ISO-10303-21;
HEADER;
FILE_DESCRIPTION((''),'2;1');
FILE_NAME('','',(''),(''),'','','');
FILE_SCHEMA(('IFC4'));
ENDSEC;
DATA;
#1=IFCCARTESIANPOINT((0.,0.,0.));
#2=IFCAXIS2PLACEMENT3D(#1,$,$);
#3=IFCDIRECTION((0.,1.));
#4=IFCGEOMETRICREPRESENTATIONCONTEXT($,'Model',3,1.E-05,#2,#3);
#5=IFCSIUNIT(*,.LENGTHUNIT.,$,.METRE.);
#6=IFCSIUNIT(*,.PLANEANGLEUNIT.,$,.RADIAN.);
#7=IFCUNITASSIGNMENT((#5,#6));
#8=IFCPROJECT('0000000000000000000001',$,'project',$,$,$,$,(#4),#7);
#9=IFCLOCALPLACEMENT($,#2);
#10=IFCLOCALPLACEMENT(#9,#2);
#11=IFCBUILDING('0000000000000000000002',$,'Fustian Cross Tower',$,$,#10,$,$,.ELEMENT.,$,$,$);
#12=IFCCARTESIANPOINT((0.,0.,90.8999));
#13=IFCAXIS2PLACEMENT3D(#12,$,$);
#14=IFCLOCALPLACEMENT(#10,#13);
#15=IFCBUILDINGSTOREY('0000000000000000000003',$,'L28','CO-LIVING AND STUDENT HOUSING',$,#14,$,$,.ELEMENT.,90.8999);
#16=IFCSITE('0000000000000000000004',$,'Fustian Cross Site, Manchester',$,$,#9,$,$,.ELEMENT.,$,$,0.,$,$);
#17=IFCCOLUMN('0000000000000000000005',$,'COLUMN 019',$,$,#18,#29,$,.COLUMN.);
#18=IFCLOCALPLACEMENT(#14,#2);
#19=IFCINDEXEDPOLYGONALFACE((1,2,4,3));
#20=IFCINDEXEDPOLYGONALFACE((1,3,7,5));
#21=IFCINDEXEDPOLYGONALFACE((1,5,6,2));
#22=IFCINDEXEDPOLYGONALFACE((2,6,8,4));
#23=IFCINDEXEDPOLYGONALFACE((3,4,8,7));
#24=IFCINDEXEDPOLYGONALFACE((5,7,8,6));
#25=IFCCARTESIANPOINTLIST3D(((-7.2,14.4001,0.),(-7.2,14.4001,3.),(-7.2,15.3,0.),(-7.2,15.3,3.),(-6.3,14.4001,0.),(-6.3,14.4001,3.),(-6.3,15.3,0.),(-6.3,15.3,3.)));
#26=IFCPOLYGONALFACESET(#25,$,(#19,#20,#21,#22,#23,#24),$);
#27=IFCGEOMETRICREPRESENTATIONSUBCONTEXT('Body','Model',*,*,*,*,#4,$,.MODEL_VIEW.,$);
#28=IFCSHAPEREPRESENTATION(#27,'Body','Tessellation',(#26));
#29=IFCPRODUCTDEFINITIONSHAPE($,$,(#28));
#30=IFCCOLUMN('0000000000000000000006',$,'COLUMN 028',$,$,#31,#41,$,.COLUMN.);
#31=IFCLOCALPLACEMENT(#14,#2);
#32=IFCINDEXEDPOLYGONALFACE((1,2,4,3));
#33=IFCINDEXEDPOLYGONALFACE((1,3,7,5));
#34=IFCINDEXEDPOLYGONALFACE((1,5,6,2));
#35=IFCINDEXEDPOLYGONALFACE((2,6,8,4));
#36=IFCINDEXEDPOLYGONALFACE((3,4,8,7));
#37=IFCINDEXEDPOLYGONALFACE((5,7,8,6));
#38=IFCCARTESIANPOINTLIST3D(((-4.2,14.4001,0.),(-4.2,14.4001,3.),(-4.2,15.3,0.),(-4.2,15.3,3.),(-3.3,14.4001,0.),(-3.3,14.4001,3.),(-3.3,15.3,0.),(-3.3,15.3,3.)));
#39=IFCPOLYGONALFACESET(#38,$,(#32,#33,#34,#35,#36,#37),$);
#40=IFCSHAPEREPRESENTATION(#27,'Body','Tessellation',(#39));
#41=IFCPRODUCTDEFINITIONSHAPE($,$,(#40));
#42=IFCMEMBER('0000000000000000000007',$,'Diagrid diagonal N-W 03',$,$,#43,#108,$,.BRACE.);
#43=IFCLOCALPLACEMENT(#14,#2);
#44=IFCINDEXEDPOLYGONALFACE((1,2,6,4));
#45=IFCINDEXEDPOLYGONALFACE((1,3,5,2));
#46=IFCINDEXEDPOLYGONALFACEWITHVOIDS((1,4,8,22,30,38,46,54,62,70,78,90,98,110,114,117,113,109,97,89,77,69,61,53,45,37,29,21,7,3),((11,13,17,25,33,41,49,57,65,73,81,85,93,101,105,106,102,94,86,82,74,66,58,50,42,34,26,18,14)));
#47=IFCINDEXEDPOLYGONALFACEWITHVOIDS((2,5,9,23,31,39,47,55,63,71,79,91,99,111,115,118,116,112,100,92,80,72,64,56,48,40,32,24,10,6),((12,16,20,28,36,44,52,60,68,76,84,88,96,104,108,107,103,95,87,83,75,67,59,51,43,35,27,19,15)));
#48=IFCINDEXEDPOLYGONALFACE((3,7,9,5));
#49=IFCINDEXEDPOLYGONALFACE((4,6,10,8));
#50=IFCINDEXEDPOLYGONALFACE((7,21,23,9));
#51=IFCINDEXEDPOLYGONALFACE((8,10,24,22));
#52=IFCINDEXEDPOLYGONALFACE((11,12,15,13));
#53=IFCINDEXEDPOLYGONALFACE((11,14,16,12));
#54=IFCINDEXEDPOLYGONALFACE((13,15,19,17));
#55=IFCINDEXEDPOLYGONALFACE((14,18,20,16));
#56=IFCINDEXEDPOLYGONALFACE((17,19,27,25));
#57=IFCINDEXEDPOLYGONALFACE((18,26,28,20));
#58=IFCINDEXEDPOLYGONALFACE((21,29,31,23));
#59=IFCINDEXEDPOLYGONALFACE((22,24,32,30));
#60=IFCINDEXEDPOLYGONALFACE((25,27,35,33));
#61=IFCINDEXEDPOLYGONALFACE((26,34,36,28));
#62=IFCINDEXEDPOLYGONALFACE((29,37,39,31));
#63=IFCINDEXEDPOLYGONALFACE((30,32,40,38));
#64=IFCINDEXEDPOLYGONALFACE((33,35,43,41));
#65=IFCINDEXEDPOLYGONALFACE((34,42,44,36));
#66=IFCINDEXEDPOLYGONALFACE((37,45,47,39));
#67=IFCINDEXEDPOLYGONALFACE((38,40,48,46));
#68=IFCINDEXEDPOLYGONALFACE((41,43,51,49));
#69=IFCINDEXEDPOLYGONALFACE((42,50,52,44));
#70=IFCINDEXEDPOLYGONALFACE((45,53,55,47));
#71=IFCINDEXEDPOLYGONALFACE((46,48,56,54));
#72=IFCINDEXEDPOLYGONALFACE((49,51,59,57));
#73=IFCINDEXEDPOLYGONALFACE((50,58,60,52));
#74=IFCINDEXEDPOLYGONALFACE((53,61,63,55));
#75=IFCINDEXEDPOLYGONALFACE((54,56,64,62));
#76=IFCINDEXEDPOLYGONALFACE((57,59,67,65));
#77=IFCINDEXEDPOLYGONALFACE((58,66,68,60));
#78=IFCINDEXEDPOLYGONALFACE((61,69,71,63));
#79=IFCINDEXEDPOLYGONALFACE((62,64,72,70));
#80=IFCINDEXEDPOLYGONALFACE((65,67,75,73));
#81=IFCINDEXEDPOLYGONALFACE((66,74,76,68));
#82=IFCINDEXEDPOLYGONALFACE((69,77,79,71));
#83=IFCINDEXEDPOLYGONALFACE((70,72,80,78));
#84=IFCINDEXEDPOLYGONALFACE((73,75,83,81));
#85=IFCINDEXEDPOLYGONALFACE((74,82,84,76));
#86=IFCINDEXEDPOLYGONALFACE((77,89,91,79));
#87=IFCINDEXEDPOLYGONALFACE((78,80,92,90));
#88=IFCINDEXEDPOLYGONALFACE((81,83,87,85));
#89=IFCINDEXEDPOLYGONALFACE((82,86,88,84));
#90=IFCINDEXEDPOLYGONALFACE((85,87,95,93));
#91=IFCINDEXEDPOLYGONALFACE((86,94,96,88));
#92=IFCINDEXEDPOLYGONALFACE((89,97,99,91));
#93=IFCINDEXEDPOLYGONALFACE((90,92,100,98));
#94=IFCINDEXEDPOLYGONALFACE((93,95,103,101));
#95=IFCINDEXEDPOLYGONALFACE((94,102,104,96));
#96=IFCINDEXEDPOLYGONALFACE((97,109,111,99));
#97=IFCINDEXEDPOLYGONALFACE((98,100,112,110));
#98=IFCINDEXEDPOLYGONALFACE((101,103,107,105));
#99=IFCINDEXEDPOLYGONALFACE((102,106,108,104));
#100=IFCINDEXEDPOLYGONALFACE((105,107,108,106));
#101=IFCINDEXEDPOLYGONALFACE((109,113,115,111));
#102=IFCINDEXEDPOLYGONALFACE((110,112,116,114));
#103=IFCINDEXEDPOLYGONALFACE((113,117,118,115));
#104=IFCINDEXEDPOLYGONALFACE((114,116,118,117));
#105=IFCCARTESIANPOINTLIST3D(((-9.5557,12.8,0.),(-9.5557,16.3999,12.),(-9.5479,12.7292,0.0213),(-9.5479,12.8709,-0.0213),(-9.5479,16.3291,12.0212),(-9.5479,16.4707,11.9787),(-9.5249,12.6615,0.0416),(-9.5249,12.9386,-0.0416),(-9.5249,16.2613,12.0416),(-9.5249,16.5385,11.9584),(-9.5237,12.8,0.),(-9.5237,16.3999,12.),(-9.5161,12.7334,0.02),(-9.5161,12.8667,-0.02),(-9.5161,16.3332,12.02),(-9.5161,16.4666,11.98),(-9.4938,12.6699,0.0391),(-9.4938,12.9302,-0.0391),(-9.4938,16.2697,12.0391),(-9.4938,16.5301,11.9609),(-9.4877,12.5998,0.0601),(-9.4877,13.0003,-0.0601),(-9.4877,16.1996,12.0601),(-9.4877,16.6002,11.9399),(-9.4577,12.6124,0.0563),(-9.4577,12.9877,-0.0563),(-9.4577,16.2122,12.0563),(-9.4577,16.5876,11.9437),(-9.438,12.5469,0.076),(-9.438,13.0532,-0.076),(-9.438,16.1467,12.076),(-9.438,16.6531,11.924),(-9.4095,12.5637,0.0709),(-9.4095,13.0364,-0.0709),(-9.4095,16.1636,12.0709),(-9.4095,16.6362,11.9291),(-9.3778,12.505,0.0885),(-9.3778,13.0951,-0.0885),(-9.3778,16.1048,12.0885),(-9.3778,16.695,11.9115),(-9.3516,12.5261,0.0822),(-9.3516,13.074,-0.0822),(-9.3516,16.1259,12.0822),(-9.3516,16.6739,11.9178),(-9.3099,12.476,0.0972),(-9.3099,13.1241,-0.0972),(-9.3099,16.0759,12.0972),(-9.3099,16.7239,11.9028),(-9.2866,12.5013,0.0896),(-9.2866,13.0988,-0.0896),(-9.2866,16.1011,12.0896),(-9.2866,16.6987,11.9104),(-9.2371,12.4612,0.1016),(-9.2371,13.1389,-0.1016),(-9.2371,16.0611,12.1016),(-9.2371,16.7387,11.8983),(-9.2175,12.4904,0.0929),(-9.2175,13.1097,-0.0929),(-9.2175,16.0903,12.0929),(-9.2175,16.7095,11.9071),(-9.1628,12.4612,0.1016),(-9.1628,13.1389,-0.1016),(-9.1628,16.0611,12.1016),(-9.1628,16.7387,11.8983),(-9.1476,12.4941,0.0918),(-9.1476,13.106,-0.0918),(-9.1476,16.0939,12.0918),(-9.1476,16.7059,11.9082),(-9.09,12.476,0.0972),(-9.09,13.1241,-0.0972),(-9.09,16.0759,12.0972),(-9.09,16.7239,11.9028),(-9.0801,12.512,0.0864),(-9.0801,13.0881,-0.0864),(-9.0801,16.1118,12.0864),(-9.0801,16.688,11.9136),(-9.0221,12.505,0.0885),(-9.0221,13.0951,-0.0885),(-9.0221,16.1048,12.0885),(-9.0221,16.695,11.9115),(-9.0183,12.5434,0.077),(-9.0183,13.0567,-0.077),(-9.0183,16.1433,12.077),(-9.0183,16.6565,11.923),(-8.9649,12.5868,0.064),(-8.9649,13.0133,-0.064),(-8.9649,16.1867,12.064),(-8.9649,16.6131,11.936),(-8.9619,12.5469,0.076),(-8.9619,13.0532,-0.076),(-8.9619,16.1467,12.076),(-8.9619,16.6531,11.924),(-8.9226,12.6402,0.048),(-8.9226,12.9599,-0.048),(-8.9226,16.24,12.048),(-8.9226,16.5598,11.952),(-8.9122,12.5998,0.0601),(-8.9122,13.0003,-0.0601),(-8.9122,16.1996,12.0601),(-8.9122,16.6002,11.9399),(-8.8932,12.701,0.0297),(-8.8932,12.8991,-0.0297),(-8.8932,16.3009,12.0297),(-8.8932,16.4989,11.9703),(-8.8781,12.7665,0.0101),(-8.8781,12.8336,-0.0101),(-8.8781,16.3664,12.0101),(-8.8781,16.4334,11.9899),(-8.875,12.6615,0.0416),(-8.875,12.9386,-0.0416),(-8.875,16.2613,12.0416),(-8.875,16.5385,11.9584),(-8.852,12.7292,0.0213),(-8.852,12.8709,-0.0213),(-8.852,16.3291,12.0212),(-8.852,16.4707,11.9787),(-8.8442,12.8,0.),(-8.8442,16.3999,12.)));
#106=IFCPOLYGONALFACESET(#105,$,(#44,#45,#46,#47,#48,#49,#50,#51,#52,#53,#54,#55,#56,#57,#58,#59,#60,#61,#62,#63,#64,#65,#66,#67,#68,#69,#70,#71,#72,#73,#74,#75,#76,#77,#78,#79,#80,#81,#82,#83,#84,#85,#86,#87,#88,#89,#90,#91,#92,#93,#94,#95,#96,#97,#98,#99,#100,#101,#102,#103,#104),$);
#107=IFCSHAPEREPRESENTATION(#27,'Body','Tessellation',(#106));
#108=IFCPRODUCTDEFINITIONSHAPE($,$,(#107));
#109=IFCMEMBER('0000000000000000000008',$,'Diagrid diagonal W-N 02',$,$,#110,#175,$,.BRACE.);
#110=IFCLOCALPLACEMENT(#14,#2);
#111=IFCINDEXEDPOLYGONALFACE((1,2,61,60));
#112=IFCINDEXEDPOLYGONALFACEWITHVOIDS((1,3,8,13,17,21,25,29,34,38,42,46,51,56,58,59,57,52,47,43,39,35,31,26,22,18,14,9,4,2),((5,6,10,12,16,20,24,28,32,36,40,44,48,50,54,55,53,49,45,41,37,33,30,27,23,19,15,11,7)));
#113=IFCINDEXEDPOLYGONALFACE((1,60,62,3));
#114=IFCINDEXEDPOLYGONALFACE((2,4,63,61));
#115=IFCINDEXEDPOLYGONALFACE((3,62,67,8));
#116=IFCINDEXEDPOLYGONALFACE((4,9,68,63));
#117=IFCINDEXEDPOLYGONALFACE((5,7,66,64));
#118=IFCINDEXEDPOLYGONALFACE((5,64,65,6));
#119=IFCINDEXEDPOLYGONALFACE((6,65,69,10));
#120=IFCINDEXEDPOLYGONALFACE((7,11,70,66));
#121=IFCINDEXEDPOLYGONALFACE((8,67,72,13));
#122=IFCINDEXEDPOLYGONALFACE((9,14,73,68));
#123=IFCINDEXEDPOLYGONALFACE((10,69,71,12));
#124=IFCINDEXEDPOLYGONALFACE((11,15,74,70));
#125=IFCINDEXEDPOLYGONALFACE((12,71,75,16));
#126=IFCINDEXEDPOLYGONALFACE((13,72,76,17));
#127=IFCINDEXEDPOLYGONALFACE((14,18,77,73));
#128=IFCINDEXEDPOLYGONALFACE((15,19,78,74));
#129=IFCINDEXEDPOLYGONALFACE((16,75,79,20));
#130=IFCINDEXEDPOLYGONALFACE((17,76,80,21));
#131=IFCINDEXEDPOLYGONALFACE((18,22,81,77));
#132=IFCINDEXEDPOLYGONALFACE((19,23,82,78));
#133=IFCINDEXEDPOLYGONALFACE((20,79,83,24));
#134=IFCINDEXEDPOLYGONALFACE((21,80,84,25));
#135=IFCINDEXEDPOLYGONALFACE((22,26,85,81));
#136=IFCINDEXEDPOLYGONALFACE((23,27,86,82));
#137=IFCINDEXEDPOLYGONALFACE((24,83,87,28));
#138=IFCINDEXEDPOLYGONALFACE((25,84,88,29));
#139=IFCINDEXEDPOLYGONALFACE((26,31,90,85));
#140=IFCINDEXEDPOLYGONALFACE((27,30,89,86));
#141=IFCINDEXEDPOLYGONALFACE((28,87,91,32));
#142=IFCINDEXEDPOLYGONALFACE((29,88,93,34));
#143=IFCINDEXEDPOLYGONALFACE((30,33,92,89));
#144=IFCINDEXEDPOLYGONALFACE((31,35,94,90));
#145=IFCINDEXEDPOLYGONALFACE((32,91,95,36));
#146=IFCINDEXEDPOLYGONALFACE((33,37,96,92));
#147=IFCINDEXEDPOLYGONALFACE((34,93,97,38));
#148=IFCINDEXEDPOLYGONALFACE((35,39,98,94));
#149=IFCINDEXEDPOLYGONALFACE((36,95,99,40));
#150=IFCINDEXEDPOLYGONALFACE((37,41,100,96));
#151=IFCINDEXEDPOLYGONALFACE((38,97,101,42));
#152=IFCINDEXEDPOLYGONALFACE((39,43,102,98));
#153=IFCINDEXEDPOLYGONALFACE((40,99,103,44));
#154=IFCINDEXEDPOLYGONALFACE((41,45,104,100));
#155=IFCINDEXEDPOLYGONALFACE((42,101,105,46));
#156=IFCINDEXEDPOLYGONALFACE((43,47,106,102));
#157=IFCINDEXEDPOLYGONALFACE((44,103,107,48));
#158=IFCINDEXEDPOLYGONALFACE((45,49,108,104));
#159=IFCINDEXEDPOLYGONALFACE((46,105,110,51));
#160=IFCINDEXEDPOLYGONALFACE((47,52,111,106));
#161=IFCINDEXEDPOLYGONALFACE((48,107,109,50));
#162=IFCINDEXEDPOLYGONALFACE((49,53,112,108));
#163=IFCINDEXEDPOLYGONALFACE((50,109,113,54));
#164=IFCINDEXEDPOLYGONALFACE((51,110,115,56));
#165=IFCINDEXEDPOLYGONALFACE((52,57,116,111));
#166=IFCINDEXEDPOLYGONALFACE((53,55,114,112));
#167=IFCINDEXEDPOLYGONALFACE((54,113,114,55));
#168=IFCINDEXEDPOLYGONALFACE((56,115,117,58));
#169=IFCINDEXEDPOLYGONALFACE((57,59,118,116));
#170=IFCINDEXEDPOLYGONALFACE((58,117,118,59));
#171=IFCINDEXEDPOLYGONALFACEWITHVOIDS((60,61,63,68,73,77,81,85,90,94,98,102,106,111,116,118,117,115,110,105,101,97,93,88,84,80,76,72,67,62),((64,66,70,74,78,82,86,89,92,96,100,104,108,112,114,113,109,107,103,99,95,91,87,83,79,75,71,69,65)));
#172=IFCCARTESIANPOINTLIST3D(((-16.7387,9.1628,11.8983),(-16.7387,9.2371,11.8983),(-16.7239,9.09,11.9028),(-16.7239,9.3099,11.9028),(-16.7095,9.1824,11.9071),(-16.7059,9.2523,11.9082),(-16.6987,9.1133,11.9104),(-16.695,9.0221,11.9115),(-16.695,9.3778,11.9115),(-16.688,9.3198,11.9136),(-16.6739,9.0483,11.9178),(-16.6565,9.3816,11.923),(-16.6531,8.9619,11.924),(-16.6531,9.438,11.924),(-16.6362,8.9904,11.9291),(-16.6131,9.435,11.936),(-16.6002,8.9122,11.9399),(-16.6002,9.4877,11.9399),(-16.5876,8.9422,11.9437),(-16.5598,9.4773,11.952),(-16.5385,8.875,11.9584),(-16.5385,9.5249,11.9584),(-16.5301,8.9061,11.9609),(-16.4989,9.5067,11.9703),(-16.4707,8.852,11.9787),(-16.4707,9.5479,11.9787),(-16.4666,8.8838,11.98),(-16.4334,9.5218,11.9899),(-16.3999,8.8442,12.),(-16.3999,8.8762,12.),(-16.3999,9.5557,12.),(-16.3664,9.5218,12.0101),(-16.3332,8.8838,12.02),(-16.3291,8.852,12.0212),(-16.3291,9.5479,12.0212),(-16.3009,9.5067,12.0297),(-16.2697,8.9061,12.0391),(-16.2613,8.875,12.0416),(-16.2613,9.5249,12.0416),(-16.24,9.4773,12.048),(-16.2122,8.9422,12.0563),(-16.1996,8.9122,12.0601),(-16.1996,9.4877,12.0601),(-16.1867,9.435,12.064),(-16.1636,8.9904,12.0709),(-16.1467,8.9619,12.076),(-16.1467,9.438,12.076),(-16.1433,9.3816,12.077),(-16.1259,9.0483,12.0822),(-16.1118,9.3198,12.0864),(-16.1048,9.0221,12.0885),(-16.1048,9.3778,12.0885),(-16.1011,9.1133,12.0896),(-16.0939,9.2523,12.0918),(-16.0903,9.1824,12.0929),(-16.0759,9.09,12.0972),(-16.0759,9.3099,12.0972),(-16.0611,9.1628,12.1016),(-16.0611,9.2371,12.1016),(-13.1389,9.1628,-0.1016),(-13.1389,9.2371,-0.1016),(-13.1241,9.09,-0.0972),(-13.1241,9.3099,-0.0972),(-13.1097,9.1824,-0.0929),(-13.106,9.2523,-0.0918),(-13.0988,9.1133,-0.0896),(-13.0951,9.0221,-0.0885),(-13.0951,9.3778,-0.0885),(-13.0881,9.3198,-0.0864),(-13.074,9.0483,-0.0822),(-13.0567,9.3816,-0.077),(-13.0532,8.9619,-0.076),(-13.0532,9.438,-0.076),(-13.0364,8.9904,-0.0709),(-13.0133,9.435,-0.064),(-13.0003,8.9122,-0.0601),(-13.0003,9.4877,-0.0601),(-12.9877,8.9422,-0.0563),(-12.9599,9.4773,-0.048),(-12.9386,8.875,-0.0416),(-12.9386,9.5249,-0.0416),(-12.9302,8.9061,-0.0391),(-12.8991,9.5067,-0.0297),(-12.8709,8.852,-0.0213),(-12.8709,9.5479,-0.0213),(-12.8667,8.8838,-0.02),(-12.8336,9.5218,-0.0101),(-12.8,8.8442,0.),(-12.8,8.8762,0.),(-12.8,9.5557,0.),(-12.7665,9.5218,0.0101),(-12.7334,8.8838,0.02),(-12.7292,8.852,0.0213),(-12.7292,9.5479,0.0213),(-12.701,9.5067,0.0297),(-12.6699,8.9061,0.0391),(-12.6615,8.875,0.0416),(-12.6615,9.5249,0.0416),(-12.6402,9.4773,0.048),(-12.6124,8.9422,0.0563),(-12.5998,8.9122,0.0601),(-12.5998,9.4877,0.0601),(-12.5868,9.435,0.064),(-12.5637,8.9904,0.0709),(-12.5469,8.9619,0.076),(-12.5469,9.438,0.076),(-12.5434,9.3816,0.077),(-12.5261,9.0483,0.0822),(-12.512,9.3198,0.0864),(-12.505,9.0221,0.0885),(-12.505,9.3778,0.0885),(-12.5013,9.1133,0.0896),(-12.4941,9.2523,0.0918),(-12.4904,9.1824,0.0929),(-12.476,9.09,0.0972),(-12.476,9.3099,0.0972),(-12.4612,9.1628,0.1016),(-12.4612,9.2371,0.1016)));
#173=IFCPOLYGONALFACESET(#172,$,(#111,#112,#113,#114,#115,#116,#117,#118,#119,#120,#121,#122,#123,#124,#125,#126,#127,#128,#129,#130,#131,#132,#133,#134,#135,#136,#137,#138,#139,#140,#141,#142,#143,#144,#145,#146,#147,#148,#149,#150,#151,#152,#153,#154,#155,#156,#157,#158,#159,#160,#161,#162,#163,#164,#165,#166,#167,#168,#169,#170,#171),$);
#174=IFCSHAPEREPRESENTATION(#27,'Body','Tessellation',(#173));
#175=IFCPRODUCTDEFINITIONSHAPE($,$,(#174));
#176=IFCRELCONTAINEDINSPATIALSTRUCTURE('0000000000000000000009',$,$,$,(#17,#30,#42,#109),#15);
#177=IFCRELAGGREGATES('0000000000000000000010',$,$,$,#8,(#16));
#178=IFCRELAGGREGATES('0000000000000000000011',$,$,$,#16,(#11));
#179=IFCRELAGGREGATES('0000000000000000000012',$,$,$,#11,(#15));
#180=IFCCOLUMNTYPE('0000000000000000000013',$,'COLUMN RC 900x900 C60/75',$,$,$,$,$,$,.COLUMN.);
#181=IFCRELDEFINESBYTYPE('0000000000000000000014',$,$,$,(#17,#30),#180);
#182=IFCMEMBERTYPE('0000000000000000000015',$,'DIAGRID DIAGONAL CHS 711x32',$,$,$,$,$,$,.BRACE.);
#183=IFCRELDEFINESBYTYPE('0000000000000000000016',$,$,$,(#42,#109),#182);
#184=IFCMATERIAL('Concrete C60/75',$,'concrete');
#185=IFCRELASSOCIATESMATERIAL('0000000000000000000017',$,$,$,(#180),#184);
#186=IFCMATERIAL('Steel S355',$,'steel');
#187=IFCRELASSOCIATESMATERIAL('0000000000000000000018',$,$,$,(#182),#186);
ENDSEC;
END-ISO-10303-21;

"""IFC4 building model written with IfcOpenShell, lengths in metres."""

from ifc_helpers import new_model, si_unit, direction, frame, origin, origin_2d, place, context, subcontext, project, spatial, rectangle, hollow_circle, extrude, material, material_profile, profile_set, type_object, element, save


model = new_model("IFC4")

# Units and contexts
model_context = context("Model", 3, precision=1e-05, world=origin(), true_north=direction((0.0, 1.0)))
body_context = subcontext(model_context, "Body", "Model", "MODEL_VIEW")
ifc_project = project(units=[si_unit("LENGTHUNIT", "METRE"), si_unit("PLANEANGLEUNIT", "RADIAN")], contexts=[model_context])

# Site, building, storey
site_placement = place(None, origin())
site = spatial("IfcSite", under=ifc_project, at=site_placement, Name="Fustian Cross Site, Manchester", CompositionType="ELEMENT", RefElevation=0.0)
building_placement = place(site_placement, origin())
building = spatial("IfcBuilding", under=site, at=building_placement, Name="Fustian Cross Tower", CompositionType="ELEMENT")
storey_placement = place(building_placement, frame((0.0, 0.0, 90.8999)))
storey = spatial("IfcBuildingStorey", under=building, at=storey_placement, Name="L28", Description="CO-LIVING AND STUDENT HOUSING", CompositionType="ELEMENT", Elevation=90.8999)

# Columns
ifc_material_1 = material(Name="Concrete C60/75", Category="concrete")
ifc_material_profile_1 = material_profile(ifc_material_1, rectangle(XDim=0.8999, YDim=0.8999, at=origin_2d()), Name="RC 900x900")
ifc_profile_set_1 = profile_set([ifc_material_profile_1], Name="Concrete C60/75")
column_type = type_object("IfcColumnType", Name="COLUMN RC 900x900 C60/75", PredefinedType="COLUMN", material=ifc_profile_set_1)
for number, where, z_axis, x_axis, name in (
    (1, (-6.75, 14.8501, 0.0), (0.0, 0.0, 1.0), (1.0, 0.0, 0.0), "COLUMN 019"),
    (2, (-3.75, 14.8501, 0.0), (0.0, 0.0, 1.0), (1.0, 0.0, 0.0), "COLUMN 028"),
):
    element("IfcColumn", number, at=place(storey_placement, frame(where, z_axis=z_axis, x_axis=x_axis)), inside=storey, type_object=column_type, Name=name, PredefinedType="COLUMN", context=body_context, shape_type="SweptSolid", body=[
        extrude(rectangle(XDim=0.8999, YDim=0.8999, at=origin_2d()), origin(), (0.0, 0.0, 1.0), 3.0),
    ])

# Members
ifc_material_2 = material(Name="Steel S355", Category="steel")
ifc_material_profile_2 = material_profile(ifc_material_2, hollow_circle(Radius=0.3557, WallThickness=0.032, at=origin_2d()), Name="CHS 711x32")
ifc_profile_set_2 = profile_set([ifc_material_profile_2], Name="Steel S355")
member_type_1 = type_object("IfcMemberType", Name="DIAGRID DIAGONAL CHS 711x32", PredefinedType="BRACE", material=ifc_profile_set_2)
for number, where, z_axis, x_axis, name in (
    (3, (-9.2, 12.8, 0.0), (0.0, 0.287337, 0.95783), (-1.0, 0.0, 0.0), "Diagrid diagonal N-W 03"),
    (4, (-12.8, 9.2, 0.0), (-0.287337, 0.0, 0.95783), (0.0, -1.0, 0.0), "Diagrid diagonal W-N 02"),
):
    element("IfcMember", number, at=place(storey_placement, frame(where, z_axis=z_axis, x_axis=x_axis)), inside=storey, type_object=member_type_1, Name=name, PredefinedType="BRACE", context=body_context, shape_type="SweptSolid", body=[
        extrude(hollow_circle(Radius=0.3557, WallThickness=0.032, at=origin_2d()), origin(), (0.0, 0.0, 1.0), 12.5283),
    ])

save(model, "model.ifc")
